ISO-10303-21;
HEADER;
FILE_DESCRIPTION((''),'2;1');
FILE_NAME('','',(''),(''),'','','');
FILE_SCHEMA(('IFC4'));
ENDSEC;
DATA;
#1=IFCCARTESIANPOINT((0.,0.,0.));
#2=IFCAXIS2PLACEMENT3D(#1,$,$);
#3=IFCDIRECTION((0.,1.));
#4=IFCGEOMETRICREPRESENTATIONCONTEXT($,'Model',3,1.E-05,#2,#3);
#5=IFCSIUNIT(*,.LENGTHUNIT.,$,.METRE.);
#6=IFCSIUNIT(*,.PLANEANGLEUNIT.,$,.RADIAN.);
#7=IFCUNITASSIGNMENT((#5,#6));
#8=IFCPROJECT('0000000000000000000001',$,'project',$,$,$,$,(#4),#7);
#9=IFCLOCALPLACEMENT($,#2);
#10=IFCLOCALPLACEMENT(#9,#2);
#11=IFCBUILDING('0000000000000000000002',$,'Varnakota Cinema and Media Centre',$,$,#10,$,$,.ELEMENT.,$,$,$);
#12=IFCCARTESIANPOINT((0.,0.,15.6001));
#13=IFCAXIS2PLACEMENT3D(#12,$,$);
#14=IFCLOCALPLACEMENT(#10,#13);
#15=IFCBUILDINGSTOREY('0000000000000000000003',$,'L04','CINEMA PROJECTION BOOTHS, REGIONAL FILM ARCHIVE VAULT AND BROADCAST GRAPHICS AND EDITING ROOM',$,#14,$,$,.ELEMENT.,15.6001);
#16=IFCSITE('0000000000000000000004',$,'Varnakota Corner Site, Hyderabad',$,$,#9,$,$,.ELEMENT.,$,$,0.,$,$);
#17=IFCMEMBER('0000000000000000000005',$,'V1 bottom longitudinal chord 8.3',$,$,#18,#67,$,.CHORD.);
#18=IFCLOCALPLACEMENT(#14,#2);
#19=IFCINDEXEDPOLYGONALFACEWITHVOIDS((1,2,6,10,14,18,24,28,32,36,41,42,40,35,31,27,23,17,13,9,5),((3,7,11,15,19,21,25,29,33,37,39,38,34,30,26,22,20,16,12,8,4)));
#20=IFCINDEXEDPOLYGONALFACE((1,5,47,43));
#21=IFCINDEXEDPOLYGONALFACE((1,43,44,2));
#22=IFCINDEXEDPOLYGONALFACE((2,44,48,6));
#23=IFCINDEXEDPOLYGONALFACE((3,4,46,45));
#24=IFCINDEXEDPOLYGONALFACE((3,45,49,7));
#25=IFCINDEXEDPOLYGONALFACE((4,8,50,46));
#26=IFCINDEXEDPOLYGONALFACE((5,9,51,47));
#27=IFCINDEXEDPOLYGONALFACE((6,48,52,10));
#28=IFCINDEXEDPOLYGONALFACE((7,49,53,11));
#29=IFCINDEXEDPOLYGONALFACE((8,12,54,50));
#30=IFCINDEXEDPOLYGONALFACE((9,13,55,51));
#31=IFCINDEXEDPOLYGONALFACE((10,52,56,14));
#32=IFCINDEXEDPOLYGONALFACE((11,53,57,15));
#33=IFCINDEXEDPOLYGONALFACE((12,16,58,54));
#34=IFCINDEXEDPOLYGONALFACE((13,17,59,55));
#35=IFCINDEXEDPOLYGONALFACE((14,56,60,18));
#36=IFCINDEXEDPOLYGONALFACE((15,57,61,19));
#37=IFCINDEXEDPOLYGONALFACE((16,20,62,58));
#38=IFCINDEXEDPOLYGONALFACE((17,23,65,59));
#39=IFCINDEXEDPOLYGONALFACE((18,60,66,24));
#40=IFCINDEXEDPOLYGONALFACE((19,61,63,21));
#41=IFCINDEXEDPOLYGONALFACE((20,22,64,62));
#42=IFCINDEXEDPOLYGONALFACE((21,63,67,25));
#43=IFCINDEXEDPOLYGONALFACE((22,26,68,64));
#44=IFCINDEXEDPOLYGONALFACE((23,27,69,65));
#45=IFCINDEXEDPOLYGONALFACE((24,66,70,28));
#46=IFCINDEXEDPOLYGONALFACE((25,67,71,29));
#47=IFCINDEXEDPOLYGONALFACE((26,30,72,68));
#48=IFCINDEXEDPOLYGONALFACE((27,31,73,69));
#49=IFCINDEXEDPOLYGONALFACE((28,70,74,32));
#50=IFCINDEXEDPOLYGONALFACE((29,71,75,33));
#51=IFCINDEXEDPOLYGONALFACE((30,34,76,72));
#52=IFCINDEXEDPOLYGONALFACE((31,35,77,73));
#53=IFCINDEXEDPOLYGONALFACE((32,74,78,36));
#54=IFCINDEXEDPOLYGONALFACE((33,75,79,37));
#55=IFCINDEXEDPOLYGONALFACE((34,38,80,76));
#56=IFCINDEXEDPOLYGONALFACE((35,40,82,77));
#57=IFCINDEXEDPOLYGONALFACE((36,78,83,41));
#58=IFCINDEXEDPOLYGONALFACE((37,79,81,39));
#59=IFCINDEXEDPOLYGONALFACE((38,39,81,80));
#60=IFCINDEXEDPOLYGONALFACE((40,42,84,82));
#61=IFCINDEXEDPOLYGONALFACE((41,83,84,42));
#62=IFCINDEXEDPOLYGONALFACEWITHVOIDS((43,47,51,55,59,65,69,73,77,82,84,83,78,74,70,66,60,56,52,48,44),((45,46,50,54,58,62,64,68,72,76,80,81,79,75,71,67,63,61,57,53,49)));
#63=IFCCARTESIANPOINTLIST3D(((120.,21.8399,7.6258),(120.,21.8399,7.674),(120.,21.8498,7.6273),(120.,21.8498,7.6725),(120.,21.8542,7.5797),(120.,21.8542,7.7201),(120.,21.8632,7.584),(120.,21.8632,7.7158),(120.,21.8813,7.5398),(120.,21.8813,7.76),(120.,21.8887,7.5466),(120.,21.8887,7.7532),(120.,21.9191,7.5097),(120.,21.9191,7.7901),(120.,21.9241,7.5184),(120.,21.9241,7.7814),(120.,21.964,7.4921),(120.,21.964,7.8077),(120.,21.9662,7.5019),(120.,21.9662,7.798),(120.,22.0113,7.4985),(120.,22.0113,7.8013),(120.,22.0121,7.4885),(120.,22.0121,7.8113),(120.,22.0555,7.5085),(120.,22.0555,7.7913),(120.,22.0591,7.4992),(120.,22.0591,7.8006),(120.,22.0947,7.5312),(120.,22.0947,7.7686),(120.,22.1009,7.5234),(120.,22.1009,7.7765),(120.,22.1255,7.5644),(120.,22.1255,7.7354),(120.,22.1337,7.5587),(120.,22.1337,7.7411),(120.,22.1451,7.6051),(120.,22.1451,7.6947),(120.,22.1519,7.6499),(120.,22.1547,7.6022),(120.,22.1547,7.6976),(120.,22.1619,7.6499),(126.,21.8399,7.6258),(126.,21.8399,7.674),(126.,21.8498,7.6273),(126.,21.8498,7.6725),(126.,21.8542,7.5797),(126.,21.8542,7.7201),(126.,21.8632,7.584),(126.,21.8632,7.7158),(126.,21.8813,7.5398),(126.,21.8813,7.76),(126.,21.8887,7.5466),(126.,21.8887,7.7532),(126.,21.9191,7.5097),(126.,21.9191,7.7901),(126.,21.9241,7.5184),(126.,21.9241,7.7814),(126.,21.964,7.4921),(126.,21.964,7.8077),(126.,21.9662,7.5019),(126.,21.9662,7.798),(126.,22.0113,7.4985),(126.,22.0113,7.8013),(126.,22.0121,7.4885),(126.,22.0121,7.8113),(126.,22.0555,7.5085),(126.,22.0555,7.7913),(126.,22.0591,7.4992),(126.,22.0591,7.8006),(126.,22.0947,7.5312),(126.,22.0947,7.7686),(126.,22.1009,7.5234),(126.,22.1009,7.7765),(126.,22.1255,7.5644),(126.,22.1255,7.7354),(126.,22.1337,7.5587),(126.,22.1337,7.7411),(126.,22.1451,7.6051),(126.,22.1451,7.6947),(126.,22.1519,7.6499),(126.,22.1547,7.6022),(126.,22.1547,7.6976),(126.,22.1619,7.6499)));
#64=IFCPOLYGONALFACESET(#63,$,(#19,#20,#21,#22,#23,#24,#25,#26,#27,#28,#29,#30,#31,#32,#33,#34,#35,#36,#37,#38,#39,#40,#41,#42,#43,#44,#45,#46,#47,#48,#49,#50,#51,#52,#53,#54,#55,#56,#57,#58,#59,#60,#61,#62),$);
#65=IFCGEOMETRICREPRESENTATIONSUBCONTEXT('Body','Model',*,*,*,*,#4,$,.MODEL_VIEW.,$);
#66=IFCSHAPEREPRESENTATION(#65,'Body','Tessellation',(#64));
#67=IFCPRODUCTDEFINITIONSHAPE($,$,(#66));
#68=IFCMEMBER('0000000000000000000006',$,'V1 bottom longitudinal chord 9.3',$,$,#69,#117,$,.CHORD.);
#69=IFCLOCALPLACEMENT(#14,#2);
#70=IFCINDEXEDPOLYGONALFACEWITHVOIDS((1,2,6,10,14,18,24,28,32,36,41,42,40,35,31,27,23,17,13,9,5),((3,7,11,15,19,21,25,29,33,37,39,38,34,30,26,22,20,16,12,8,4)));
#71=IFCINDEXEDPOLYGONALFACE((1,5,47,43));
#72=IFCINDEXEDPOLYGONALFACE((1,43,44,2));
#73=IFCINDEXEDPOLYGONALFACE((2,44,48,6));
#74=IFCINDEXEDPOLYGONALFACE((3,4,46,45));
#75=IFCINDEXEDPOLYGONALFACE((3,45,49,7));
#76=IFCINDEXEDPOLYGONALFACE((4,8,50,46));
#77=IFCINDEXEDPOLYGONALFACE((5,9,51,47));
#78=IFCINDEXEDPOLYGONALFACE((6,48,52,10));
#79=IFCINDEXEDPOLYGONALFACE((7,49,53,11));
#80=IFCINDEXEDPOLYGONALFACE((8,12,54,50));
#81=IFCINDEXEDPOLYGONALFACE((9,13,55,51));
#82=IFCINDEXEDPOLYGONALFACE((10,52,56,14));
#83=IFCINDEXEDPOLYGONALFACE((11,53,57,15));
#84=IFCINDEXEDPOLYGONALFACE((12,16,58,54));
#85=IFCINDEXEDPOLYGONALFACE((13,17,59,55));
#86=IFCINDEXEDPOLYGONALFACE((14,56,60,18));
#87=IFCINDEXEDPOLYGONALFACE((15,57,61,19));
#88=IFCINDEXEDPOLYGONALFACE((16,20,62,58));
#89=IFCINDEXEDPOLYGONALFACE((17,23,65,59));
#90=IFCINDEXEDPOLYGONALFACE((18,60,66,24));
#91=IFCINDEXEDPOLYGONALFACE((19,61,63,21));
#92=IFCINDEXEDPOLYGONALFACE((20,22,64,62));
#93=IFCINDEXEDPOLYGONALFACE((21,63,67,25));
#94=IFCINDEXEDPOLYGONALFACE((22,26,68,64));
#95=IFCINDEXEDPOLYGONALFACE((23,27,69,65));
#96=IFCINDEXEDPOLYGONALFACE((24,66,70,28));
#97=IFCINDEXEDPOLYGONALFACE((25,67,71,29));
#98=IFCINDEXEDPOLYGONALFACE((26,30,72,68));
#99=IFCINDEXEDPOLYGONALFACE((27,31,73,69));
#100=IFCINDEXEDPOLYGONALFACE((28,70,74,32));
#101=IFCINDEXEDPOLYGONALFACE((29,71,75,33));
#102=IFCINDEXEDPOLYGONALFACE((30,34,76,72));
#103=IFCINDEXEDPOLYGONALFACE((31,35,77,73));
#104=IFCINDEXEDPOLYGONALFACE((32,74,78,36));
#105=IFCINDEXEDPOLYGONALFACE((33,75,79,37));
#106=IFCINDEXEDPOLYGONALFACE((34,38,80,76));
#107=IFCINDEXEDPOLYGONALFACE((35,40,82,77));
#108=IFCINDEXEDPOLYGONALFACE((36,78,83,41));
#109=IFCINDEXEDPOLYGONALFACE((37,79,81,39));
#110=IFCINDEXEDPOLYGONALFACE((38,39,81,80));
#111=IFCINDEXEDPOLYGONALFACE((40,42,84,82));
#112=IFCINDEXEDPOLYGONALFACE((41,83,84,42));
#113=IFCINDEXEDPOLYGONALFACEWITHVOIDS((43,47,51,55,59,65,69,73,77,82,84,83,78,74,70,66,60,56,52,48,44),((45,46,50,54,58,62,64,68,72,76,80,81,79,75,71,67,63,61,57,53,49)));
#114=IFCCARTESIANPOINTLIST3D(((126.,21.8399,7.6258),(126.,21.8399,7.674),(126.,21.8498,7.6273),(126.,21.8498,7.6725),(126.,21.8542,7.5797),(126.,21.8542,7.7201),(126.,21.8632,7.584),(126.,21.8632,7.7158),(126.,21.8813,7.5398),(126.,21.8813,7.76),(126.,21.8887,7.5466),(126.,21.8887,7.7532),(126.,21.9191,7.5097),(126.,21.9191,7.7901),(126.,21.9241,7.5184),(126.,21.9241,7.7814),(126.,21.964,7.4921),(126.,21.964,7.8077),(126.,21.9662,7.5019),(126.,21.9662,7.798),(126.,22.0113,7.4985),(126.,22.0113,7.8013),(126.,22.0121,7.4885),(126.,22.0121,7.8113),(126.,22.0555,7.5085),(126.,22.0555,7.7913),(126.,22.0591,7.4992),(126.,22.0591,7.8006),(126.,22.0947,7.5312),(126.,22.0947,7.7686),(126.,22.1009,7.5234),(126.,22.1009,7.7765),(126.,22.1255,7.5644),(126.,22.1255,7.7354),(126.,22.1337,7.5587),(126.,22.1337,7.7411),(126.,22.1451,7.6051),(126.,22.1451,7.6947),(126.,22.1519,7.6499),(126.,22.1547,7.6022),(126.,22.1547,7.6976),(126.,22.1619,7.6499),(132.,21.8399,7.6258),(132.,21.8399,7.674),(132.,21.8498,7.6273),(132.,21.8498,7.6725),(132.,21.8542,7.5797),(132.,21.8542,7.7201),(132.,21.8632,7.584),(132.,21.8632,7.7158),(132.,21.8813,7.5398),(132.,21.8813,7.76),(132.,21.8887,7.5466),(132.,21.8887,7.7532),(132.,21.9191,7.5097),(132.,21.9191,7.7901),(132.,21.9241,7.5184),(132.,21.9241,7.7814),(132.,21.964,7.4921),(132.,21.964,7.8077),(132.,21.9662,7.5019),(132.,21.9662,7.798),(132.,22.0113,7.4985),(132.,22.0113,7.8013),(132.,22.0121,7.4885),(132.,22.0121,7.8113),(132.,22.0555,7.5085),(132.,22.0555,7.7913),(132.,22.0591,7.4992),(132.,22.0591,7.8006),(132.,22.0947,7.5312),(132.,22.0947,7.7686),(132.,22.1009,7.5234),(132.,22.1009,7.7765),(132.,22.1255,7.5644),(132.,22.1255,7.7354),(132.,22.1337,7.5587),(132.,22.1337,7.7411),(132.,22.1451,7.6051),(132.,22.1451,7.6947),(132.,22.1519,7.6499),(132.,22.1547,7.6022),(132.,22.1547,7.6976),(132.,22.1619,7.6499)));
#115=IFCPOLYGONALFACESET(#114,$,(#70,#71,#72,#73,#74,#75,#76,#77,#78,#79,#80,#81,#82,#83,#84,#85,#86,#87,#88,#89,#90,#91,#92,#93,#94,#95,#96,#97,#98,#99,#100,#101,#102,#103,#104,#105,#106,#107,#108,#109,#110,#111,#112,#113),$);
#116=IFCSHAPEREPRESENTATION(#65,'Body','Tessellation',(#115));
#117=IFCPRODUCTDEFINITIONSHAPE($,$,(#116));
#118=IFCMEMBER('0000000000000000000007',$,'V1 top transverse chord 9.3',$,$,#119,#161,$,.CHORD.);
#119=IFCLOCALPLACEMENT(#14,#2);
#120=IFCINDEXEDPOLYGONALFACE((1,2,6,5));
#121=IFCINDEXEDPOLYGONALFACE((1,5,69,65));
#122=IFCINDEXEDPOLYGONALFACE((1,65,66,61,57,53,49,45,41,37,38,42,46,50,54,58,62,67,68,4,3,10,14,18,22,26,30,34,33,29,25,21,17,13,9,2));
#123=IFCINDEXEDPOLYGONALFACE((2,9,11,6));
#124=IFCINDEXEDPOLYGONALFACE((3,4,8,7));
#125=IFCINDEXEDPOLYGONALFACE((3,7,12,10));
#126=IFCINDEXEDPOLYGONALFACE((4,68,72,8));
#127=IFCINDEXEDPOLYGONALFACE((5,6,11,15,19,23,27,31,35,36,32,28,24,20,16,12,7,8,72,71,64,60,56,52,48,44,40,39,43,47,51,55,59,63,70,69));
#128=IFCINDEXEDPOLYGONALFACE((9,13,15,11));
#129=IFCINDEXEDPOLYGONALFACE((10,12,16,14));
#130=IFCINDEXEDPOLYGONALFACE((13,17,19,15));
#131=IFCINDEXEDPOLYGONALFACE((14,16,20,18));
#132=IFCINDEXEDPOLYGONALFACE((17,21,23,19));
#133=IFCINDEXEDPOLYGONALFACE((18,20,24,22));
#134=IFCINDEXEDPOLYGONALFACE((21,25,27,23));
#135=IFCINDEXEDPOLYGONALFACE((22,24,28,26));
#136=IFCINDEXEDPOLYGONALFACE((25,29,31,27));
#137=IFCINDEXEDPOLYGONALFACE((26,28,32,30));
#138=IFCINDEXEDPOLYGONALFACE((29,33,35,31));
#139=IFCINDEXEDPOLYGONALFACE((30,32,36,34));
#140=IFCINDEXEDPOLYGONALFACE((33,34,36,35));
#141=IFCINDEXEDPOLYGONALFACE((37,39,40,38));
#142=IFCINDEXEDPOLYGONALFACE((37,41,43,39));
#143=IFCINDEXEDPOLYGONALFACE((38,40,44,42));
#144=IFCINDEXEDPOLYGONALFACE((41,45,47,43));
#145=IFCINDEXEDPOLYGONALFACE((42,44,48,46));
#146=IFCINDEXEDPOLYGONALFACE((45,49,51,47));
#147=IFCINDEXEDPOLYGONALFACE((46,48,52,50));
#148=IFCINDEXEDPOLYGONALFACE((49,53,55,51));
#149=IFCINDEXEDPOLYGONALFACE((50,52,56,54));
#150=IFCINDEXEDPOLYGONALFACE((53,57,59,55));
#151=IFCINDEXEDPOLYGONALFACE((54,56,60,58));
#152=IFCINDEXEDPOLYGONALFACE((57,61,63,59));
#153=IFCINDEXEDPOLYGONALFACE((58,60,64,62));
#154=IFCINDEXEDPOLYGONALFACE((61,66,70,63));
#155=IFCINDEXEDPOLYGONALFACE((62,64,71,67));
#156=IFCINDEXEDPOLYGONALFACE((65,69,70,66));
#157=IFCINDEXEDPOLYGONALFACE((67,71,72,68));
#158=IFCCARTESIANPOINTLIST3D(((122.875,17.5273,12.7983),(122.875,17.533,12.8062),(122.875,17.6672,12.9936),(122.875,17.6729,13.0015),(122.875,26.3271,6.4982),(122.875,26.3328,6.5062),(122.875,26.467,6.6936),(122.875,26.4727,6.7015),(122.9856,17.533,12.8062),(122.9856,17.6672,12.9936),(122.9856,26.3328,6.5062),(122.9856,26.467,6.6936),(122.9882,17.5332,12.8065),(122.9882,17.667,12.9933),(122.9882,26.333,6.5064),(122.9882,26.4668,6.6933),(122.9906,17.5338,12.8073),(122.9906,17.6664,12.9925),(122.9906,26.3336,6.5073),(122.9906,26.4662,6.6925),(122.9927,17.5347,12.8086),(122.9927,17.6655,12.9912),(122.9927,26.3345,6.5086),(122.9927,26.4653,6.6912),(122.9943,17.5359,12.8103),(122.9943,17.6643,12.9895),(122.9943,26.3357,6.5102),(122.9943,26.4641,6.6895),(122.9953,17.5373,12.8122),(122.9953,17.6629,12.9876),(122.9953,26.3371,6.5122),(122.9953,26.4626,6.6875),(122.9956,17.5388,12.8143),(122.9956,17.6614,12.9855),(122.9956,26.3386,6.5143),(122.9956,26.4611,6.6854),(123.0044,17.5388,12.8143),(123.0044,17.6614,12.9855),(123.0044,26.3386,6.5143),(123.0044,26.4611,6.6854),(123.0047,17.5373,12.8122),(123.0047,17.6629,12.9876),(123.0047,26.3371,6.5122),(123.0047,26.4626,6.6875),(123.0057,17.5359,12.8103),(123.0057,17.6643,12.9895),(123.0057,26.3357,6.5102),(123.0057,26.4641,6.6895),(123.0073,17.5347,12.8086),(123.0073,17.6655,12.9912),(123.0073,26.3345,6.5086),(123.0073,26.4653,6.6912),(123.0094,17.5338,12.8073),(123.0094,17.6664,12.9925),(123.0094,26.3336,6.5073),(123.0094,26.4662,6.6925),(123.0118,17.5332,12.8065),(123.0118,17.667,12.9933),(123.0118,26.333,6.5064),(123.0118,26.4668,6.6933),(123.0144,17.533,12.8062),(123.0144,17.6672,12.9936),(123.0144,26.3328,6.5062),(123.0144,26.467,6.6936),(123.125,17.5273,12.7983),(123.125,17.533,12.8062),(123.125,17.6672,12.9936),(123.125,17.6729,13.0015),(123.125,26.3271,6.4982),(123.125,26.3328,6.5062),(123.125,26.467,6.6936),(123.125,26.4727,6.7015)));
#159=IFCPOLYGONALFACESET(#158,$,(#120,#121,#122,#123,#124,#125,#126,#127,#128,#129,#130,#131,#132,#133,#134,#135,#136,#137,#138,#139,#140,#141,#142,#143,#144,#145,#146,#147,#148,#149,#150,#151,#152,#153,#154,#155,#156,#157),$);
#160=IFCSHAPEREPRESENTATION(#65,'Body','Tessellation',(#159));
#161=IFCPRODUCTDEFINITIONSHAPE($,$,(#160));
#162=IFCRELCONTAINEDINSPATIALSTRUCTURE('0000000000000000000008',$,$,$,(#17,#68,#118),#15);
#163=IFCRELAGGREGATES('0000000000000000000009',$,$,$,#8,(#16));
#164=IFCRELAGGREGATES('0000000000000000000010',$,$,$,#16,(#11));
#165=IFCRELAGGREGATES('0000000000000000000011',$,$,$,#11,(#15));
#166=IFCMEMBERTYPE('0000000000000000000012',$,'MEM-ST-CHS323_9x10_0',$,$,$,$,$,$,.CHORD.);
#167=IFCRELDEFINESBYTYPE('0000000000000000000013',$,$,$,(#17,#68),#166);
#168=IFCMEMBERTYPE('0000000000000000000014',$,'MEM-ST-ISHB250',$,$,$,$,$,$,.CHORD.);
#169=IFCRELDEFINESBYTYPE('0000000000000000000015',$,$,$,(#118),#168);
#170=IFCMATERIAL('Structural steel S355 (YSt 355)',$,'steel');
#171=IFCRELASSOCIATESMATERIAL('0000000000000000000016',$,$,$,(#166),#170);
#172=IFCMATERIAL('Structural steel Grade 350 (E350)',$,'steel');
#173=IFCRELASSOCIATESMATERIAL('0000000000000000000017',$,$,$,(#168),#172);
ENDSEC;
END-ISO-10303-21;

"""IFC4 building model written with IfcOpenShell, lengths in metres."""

from ifc_helpers import new_model, si_unit, direction, frame, origin, origin_2d, place, context, subcontext, project, spatial, hollow_circle, i_section, extrude, material, material_profile, profile_set, type_object, element, save


model = new_model("IFC4")

# Units and contexts
model_context = context("Model", 3, precision=1e-05, world=origin(), true_north=direction((0.0, 1.0)))
body_context = subcontext(model_context, "Body", "Model", "MODEL_VIEW")
ifc_project = project(units=[si_unit("LENGTHUNIT", "METRE"), si_unit("PLANEANGLEUNIT", "RADIAN")], contexts=[model_context])

# Site, building, storey
site_placement = place(None, origin())
site = spatial("IfcSite", under=ifc_project, at=site_placement, Name="Varnakota Corner Site, Hyderabad", CompositionType="ELEMENT", RefElevation=0.0)
building_placement = place(site_placement, origin())
building = spatial("IfcBuilding", under=site, at=building_placement, Name="Varnakota Cinema and Media Centre", CompositionType="ELEMENT")
storey_placement = place(building_placement, frame((0.0, 0.0, 15.6001)))
storey = spatial("IfcBuildingStorey", under=building, at=storey_placement, Name="L04", Description="CINEMA PROJECTION BOOTHS, REGIONAL FILM ARCHIVE VAULT AND BROADCAST GRAPHICS AND EDITING ROOM", CompositionType="ELEMENT", Elevation=15.6001)

# Members
ifc_material_1 = material(Name="Structural steel S355 (YSt 355)", Category="steel")
ifc_material_profile_1 = material_profile(ifc_material_1, hollow_circle(Radius=0.1619, WallThickness=0.01, at=origin_2d()), Name="CHS 323.9x10.0")
ifc_profile_set_1 = profile_set([ifc_material_profile_1], Name="Structural steel S355 (YSt 355)")
member_type_1 = type_object("IfcMemberType", Name="MEM-ST-CHS323_9x10_0", PredefinedType="CHORD", material=ifc_profile_set_1)
for number, where, z_axis, x_axis, name in (
    (1, (120.0, 22.0, 7.6499), (1.0, 0.0, 0.0), (0.0, 1.0, 0.0), "V1 bottom longitudinal chord 8.3"),
    (2, (126.0, 22.0, 7.6499), (1.0, 0.0, 0.0), (0.0, 1.0, 0.0), "V1 bottom longitudinal chord 9.3"),
):
    element("IfcMember", number, at=place(storey_placement, frame(where, z_axis=z_axis, x_axis=x_axis)), inside=storey, type_object=member_type_1, Name=name, PredefinedType="CHORD", context=body_context, shape_type="SweptSolid", body=[
        extrude(hollow_circle(Radius=0.1619, WallThickness=0.01, at=origin_2d()), origin(), (0.0, 0.0, 1.0), 6.0),
    ])
ifc_material_2 = material(Name="Structural steel Grade 350 (E350)", Category="steel")
ifc_material_profile_2 = material_profile(ifc_material_2, i_section(OverallWidth=0.25, OverallDepth=0.25, WebThickness=0.0088, FlangeThickness=0.0098, FilletRadius=0.01, at=origin_2d()), Name="ISHB 250")
ifc_profile_set_2 = profile_set([ifc_material_profile_2], Name="Structural steel Grade 350 (E350)")
member_type_2 = type_object("IfcMemberType", Name="MEM-ST-ISHB250", PredefinedType="CHORD", material=ifc_profile_set_2)
member_1_placement = place(storey_placement, frame((123.0, 17.6001, 12.8999), z_axis=(0.0, 0.8131, -0.582123), x_axis=(-1.0, 0.0, 0.0)))
element("IfcMember", 3, at=member_1_placement, inside=storey, type_object=member_type_2, Name="V1 top transverse chord 9.3", PredefinedType="CHORD", context=body_context, shape_type="SweptSolid", body=[
    extrude(i_section(OverallWidth=0.25, OverallDepth=0.25, WebThickness=0.0088, FlangeThickness=0.0098, FilletRadius=0.01, at=origin_2d()), origin(), (0.0, 0.0, 1.0), 10.8225),
])

save(model, "model.ifc")
